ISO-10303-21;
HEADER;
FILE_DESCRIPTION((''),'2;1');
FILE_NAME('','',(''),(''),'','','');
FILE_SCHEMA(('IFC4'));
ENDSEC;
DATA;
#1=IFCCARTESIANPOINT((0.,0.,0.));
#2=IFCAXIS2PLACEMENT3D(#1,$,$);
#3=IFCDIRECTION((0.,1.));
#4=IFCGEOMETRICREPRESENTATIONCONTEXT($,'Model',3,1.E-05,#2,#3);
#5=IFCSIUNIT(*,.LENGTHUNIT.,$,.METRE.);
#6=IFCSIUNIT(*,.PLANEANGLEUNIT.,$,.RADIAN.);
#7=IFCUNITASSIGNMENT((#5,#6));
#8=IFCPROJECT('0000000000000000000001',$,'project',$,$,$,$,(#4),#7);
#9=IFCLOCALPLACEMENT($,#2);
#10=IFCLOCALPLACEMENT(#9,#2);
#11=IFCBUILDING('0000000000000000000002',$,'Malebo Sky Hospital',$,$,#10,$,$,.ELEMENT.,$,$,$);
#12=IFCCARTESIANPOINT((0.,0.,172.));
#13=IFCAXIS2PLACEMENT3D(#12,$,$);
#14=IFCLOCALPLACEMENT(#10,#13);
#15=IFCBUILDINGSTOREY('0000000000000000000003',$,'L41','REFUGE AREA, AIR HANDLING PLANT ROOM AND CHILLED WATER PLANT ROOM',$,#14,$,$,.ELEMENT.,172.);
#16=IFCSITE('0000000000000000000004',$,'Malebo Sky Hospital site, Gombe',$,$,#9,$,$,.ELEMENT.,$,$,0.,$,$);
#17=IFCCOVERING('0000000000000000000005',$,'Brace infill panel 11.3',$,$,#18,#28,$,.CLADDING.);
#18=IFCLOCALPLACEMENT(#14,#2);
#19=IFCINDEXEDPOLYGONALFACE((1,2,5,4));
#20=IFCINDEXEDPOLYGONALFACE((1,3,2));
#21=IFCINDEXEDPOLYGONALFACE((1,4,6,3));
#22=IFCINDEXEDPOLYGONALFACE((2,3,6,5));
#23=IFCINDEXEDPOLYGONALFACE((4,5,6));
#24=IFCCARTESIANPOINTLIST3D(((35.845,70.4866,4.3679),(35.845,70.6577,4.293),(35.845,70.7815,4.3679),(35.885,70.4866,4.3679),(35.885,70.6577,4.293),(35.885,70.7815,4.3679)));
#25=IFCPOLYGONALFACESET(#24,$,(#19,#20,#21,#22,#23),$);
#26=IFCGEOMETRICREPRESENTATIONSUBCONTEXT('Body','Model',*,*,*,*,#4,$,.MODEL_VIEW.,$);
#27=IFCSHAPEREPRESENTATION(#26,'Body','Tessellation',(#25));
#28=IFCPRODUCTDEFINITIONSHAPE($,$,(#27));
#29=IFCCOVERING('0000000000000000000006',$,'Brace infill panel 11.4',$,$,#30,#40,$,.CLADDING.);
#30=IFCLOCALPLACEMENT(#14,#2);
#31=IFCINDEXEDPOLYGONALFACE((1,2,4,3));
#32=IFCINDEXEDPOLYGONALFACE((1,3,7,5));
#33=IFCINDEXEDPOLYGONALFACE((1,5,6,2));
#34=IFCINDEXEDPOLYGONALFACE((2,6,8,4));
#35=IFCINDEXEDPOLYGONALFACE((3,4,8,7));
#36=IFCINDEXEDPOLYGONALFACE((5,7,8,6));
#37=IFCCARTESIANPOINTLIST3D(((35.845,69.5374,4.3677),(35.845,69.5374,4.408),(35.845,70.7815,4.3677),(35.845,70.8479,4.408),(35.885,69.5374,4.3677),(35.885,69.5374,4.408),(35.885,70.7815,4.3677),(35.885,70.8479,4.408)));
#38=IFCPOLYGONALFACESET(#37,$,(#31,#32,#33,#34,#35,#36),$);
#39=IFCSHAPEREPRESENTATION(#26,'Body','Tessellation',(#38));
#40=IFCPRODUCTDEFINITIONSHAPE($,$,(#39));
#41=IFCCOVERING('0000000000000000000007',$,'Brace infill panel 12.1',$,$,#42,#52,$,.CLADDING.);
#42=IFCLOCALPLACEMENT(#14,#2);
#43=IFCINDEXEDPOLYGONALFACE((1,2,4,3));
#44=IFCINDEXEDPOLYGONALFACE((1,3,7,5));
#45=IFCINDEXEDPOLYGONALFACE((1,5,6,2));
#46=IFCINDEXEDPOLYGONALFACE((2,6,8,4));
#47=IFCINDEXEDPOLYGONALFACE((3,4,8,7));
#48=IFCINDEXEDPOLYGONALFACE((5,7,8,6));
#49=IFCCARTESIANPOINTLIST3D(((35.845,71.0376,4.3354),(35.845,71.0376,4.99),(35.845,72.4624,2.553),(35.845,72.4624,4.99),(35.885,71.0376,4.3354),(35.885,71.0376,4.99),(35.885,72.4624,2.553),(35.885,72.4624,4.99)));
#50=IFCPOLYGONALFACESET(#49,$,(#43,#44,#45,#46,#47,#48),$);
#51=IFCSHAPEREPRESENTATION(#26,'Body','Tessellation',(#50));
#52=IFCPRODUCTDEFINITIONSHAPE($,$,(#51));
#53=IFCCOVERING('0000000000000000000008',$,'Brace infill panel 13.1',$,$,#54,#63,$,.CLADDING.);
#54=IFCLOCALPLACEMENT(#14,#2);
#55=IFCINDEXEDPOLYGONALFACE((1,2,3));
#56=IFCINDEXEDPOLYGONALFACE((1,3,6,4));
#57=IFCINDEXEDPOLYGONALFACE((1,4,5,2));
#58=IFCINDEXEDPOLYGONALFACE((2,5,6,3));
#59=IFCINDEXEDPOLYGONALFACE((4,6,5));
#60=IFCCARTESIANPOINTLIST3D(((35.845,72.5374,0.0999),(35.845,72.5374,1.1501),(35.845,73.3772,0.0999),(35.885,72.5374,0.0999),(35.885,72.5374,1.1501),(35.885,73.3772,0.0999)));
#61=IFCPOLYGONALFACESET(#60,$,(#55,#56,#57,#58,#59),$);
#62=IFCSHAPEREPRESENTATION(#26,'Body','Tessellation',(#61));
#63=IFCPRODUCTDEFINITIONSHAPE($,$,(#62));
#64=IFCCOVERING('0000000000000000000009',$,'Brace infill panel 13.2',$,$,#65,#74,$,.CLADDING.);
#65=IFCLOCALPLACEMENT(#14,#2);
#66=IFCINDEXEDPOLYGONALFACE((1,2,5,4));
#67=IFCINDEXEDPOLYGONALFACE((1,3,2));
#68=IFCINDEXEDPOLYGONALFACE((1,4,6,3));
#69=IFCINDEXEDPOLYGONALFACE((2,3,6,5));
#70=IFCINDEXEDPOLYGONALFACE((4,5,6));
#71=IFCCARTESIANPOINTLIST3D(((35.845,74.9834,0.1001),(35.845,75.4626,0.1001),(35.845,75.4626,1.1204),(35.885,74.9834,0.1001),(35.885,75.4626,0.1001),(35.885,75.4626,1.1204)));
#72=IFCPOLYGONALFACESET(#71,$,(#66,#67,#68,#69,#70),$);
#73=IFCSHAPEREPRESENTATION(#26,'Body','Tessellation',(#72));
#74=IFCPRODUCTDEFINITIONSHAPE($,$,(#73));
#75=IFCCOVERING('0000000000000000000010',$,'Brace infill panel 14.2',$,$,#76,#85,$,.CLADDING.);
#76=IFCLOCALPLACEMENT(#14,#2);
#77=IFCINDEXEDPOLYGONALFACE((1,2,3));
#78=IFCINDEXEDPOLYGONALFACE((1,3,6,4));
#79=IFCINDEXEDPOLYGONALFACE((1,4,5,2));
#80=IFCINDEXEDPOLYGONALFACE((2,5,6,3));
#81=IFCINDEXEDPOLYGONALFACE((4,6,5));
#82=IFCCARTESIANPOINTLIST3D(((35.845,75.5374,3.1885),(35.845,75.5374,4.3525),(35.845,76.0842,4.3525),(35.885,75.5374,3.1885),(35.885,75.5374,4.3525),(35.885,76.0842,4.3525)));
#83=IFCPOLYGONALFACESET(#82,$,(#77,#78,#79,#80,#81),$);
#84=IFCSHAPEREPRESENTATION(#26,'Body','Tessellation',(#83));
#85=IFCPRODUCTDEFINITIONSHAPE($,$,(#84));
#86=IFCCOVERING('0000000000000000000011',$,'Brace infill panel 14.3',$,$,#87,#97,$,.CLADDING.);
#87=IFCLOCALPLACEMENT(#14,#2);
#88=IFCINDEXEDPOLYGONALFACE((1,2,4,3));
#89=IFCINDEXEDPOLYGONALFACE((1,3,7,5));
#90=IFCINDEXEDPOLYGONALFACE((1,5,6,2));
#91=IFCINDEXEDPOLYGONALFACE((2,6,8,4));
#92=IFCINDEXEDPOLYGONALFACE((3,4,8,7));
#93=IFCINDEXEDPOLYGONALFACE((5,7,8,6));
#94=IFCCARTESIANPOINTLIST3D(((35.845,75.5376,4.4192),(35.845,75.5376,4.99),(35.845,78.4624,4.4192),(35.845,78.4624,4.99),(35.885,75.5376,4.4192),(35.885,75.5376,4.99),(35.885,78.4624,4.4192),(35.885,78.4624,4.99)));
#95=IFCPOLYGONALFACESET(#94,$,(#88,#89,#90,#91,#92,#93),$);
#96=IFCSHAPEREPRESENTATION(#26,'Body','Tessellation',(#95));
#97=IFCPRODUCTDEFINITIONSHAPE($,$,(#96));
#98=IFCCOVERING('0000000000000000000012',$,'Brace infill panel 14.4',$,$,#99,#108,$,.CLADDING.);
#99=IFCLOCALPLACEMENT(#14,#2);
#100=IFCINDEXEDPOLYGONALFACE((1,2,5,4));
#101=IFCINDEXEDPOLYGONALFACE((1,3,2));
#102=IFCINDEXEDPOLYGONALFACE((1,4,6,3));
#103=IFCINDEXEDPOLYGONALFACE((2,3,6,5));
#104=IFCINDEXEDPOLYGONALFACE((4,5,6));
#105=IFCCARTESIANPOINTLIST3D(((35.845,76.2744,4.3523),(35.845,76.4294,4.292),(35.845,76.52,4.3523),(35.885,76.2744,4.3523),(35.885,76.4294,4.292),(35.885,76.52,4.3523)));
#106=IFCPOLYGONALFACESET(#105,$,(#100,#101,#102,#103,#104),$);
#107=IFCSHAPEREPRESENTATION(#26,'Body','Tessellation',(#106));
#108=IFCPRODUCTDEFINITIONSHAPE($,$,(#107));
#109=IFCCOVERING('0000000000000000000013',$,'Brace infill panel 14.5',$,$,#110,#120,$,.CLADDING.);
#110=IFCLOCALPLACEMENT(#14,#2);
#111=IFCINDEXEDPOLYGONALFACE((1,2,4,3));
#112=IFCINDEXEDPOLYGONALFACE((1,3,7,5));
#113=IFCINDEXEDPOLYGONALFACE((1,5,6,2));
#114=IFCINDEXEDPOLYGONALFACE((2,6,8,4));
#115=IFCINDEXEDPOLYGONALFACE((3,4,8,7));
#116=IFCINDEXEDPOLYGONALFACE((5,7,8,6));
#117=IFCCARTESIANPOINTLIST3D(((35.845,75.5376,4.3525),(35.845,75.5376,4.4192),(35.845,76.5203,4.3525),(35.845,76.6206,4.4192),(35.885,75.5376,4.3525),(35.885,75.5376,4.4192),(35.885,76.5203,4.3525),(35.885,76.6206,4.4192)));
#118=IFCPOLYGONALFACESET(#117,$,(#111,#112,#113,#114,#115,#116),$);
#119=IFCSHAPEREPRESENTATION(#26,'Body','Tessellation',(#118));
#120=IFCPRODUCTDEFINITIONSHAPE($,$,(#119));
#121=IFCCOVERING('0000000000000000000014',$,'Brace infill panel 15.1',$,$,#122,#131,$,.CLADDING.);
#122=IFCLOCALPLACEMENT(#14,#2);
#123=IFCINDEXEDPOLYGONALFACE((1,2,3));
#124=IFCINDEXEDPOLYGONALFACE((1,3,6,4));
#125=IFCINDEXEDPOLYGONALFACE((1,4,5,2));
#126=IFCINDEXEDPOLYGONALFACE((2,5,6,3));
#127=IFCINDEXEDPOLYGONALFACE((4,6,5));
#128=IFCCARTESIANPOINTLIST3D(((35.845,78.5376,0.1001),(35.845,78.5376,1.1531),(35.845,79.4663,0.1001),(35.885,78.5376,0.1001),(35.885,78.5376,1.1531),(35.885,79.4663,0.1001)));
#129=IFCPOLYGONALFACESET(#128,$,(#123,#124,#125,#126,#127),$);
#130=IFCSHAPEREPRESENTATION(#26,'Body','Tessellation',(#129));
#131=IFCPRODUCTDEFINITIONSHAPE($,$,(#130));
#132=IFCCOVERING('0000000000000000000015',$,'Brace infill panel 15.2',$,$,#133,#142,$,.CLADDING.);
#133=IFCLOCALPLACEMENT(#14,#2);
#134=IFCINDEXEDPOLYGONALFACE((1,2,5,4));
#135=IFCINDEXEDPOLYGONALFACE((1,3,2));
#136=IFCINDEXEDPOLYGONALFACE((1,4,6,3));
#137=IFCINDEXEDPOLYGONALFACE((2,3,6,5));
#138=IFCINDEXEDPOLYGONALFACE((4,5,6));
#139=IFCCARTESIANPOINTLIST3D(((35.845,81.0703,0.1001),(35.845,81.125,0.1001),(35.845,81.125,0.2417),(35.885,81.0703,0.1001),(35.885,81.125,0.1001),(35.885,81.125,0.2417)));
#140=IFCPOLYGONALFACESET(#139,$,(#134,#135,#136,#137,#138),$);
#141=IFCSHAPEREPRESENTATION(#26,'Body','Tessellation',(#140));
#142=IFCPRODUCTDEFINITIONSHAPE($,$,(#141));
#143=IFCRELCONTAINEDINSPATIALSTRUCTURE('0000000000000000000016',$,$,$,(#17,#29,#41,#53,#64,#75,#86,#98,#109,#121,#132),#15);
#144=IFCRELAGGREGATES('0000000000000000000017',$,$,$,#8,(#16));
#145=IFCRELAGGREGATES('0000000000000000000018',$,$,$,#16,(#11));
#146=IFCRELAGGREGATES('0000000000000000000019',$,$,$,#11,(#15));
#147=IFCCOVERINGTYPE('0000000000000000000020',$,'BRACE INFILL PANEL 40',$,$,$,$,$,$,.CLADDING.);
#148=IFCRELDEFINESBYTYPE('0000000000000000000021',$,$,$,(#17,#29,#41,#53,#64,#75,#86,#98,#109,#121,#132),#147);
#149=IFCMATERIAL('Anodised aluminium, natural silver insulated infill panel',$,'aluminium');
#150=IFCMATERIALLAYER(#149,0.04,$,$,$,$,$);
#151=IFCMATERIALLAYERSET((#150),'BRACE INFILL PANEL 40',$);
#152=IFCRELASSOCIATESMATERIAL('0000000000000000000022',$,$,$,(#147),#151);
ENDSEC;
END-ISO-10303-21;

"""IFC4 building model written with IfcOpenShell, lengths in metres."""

from ifc_helpers import new_model, si_unit, direction, frame, origin, place, context, subcontext, project, spatial, polyline, outline, extrude, material, layer, layer_set, type_object, element, save


model = new_model("IFC4")

# Units and contexts
model_context = context("Model", 3, precision=1e-05, world=origin(), true_north=direction((0.0, 1.0)))
body_context = subcontext(model_context, "Body", "Model", "MODEL_VIEW")
ifc_project = project(units=[si_unit("LENGTHUNIT", "METRE"), si_unit("PLANEANGLEUNIT", "RADIAN")], contexts=[model_context])

# Site, building, storey
site_placement = place(None, origin())
site = spatial("IfcSite", under=ifc_project, at=site_placement, Name="Malebo Sky Hospital site, Gombe", CompositionType="ELEMENT", RefElevation=0.0)
building_placement = place(site_placement, origin())
building = spatial("IfcBuilding", under=site, at=building_placement, Name="Malebo Sky Hospital", CompositionType="ELEMENT")
storey_placement = place(building_placement, frame((0.0, 0.0, 172.0)))
storey = spatial("IfcBuildingStorey", under=building, at=storey_placement, Name="L41", Description="REFUGE AREA, AIR HANDLING PLANT ROOM AND CHILLED WATER PLANT ROOM", CompositionType="ELEMENT", Elevation=172.0)

# Coverings
ifc_material_1 = material(Name="Anodised aluminium, natural silver insulated infill panel", Category="aluminium")
ifc_layer_1 = layer(ifc_material_1, 0.04)
ifc_layer_set_1 = layer_set([ifc_layer_1], Name="BRACE INFILL PANEL 40")
covering_type = type_object("IfcCoveringType", Name="BRACE INFILL PANEL 40", PredefinedType="CLADDING", material=ifc_layer_set_1)
covering_1_placement = place(storey_placement, frame((35.865, 70.634, 4.293), z_axis=(0.0, 0.0, 1.0), x_axis=(0.0, 1.0, 0.0)))
element("IfcCovering", 1, at=covering_1_placement, inside=storey, type_object=covering_type, Name="Brace infill panel 11.3", PredefinedType="CLADDING", context=body_context, shape_type="SweptSolid", body=[
    extrude(outline(polyline([(0.0237, 0.0), (0.1475, 0.075), (-0.1475, 0.075), (0.0237, 0.0)])), frame((0.0, 0.02, 0.0), z_axis=(0.0, -1.0, 0.0), x_axis=(1.0, 0.0, 0.0)), (0.0, 0.0, 1.0), 0.04),
])
covering_2_placement = place(storey_placement, frame((35.865, 70.1926, 4.3677), z_axis=(0.0, 0.0, 1.0), x_axis=(0.0, 1.0, 0.0)))
element("IfcCovering", 2, at=covering_2_placement, inside=storey, type_object=covering_type, Name="Brace infill panel 11.4", PredefinedType="CLADDING", context=body_context, shape_type="SweptSolid", body=[
    extrude(outline(polyline([(-0.6553, 0.0), (0.5889, 0.0), (0.6553, 0.0403), (-0.6553, 0.0403), (-0.6553, 0.0)])), frame((0.0, 0.02, 0.0), z_axis=(0.0, -1.0, 0.0), x_axis=(1.0, 0.0, 0.0)), (0.0, 0.0, 1.0), 0.04),
])
covering_3_placement = place(storey_placement, frame((35.865, 71.75, 2.553), z_axis=(0.0, 0.0, 1.0), x_axis=(0.0, 1.0, 0.0)))
element("IfcCovering", 3, at=covering_3_placement, inside=storey, type_object=covering_type, Name="Brace infill panel 12.1", PredefinedType="CLADDING", context=body_context, shape_type="SweptSolid", body=[
    extrude(outline(polyline([(0.7124, 0.0), (0.7124, 2.437), (-0.7124, 2.437), (-0.7124, 1.7825), (0.7124, 0.0)])), frame((0.0, 0.02, 0.0), z_axis=(0.0, -1.0, 0.0), x_axis=(1.0, 0.0, 0.0)), (0.0, 0.0, 1.0), 0.04),
])
covering_4_placement = place(storey_placement, frame((35.865, 72.9573, 0.0999), z_axis=(0.0, 0.0, 1.0), x_axis=(0.0, 1.0, 0.0)))
element("IfcCovering", 4, at=covering_4_placement, inside=storey, type_object=covering_type, Name="Brace infill panel 13.1", PredefinedType="CLADDING", context=body_context, shape_type="SweptSolid", body=[
    extrude(outline(polyline([(-0.4199, 0.0), (0.4199, 0.0), (-0.4199, 1.0503), (-0.4199, 0.0)])), frame((0.0, 0.02, 0.0), z_axis=(0.0, -1.0, 0.0), x_axis=(1.0, 0.0, 0.0)), (0.0, 0.0, 1.0), 0.04),
])
covering_5_placement = place(storey_placement, frame((35.865, 75.2229, 0.1001), z_axis=(0.0, 0.0, 1.0), x_axis=(0.0, 1.0, 0.0)))
element("IfcCovering", 5, at=covering_5_placement, inside=storey, type_object=covering_type, Name="Brace infill panel 13.2", PredefinedType="CLADDING", context=body_context, shape_type="SweptSolid", body=[
    extrude(outline(polyline([(-0.2395, 0.0), (0.2397, 0.0), (0.2397, 1.0203), (-0.2395, 0.0)])), frame((0.0, 0.02, 0.0), z_axis=(0.0, -1.0, 0.0), x_axis=(1.0, 0.0, 0.0)), (0.0, 0.0, 1.0), 0.04),
])
covering_6_placement = place(storey_placement, frame((35.865, 75.8108, 3.1885), z_axis=(0.0, 0.0, 1.0), x_axis=(0.0, 1.0, 0.0)))
element("IfcCovering", 6, at=covering_6_placement, inside=storey, type_object=covering_type, Name="Brace infill panel 14.2", PredefinedType="CLADDING", context=body_context, shape_type="SweptSolid", body=[
    extrude(outline(polyline([(-0.2734, 0.0), (0.2734, 1.1641), (-0.2734, 1.1641), (-0.2734, 0.0)])), frame((0.0, 0.02, 0.0), z_axis=(0.0, -1.0, 0.0), x_axis=(1.0, 0.0, 0.0)), (0.0, 0.0, 1.0), 0.04),
])
covering_7_placement = place(storey_placement, frame((35.865, 77.0, 4.4192), z_axis=(0.0, 0.0, 1.0), x_axis=(0.0, 1.0, 0.0)))
element("IfcCovering", 7, at=covering_7_placement, inside=storey, type_object=covering_type, Name="Brace infill panel 14.3", PredefinedType="CLADDING", context=body_context, shape_type="SweptSolid", body=[
    extrude(outline(polyline([(-1.4624, 0.0), (1.4624, 0.0), (1.4624, 0.5708), (-1.4624, 0.5708), (-1.4624, 0.0)])), frame((0.0, 0.02, 0.0), z_axis=(0.0, -1.0, 0.0), x_axis=(1.0, 0.0, 0.0)), (0.0, 0.0, 1.0), 0.04),
])
covering_8_placement = place(storey_placement, frame((35.865, 76.3972, 4.292), z_axis=(0.0, 0.0, 1.0), x_axis=(0.0, 1.0, 0.0)))
element("IfcCovering", 8, at=covering_8_placement, inside=storey, type_object=covering_type, Name="Brace infill panel 14.4", PredefinedType="CLADDING", context=body_context, shape_type="SweptSolid", body=[
    extrude(outline(polyline([(0.0322, 0.0), (0.1228, 0.0603), (-0.1228, 0.0603), (0.0322, 0.0)])), frame((0.0, 0.02, 0.0), z_axis=(0.0, -1.0, 0.0), x_axis=(1.0, 0.0, 0.0)), (0.0, 0.0, 1.0), 0.04),
])
covering_9_placement = place(storey_placement, frame((35.865, 76.0791, 4.3525), z_axis=(0.0, 0.0, 1.0), x_axis=(0.0, 1.0, 0.0)))
element("IfcCovering", 9, at=covering_9_placement, inside=storey, type_object=covering_type, Name="Brace infill panel 14.5", PredefinedType="CLADDING", context=body_context, shape_type="SweptSolid", body=[
    extrude(outline(polyline([(-0.5415, 0.0), (0.4412, 0.0), (0.5415, 0.0667), (-0.5415, 0.0667), (-0.5415, 0.0)])), frame((0.0, 0.02, 0.0), z_axis=(0.0, -1.0, 0.0), x_axis=(1.0, 0.0, 0.0)), (0.0, 0.0, 1.0), 0.04),
])
covering_10_placement = place(storey_placement, frame((35.865, 79.002, 0.1001), z_axis=(0.0, 0.0, 1.0), x_axis=(0.0, 1.0, 0.0)))
element("IfcCovering", 10, at=covering_10_placement, inside=storey, type_object=covering_type, Name="Brace infill panel 15.1", PredefinedType="CLADDING", context=body_context, shape_type="SweptSolid", body=[
    extrude(outline(polyline([(-0.4644, 0.0), (0.4644, 0.0), (-0.4644, 1.053), (-0.4644, 0.0)])), frame((0.0, 0.02, 0.0), z_axis=(0.0, -1.0, 0.0), x_axis=(1.0, 0.0, 0.0)), (0.0, 0.0, 1.0), 0.04),
])
covering_11_placement = place(storey_placement, frame((35.865, 81.0977, 0.1001), z_axis=(0.0, 0.0, 1.0), x_axis=(0.0, 1.0, 0.0)))
element("IfcCovering", 11, at=covering_11_placement, inside=storey, type_object=covering_type, Name="Brace infill panel 15.2", PredefinedType="CLADDING", context=body_context, shape_type="SweptSolid", body=[
    extrude(outline(polyline([(-0.0273, 0.0), (0.0273, 0.0), (0.0273, 0.1416), (-0.0273, 0.0)])), frame((0.0, 0.02, 0.0), z_axis=(0.0, -1.0, 0.0), x_axis=(1.0, 0.0, 0.0)), (0.0, 0.0, 1.0), 0.04),
])

save(model, "model.ifc")
